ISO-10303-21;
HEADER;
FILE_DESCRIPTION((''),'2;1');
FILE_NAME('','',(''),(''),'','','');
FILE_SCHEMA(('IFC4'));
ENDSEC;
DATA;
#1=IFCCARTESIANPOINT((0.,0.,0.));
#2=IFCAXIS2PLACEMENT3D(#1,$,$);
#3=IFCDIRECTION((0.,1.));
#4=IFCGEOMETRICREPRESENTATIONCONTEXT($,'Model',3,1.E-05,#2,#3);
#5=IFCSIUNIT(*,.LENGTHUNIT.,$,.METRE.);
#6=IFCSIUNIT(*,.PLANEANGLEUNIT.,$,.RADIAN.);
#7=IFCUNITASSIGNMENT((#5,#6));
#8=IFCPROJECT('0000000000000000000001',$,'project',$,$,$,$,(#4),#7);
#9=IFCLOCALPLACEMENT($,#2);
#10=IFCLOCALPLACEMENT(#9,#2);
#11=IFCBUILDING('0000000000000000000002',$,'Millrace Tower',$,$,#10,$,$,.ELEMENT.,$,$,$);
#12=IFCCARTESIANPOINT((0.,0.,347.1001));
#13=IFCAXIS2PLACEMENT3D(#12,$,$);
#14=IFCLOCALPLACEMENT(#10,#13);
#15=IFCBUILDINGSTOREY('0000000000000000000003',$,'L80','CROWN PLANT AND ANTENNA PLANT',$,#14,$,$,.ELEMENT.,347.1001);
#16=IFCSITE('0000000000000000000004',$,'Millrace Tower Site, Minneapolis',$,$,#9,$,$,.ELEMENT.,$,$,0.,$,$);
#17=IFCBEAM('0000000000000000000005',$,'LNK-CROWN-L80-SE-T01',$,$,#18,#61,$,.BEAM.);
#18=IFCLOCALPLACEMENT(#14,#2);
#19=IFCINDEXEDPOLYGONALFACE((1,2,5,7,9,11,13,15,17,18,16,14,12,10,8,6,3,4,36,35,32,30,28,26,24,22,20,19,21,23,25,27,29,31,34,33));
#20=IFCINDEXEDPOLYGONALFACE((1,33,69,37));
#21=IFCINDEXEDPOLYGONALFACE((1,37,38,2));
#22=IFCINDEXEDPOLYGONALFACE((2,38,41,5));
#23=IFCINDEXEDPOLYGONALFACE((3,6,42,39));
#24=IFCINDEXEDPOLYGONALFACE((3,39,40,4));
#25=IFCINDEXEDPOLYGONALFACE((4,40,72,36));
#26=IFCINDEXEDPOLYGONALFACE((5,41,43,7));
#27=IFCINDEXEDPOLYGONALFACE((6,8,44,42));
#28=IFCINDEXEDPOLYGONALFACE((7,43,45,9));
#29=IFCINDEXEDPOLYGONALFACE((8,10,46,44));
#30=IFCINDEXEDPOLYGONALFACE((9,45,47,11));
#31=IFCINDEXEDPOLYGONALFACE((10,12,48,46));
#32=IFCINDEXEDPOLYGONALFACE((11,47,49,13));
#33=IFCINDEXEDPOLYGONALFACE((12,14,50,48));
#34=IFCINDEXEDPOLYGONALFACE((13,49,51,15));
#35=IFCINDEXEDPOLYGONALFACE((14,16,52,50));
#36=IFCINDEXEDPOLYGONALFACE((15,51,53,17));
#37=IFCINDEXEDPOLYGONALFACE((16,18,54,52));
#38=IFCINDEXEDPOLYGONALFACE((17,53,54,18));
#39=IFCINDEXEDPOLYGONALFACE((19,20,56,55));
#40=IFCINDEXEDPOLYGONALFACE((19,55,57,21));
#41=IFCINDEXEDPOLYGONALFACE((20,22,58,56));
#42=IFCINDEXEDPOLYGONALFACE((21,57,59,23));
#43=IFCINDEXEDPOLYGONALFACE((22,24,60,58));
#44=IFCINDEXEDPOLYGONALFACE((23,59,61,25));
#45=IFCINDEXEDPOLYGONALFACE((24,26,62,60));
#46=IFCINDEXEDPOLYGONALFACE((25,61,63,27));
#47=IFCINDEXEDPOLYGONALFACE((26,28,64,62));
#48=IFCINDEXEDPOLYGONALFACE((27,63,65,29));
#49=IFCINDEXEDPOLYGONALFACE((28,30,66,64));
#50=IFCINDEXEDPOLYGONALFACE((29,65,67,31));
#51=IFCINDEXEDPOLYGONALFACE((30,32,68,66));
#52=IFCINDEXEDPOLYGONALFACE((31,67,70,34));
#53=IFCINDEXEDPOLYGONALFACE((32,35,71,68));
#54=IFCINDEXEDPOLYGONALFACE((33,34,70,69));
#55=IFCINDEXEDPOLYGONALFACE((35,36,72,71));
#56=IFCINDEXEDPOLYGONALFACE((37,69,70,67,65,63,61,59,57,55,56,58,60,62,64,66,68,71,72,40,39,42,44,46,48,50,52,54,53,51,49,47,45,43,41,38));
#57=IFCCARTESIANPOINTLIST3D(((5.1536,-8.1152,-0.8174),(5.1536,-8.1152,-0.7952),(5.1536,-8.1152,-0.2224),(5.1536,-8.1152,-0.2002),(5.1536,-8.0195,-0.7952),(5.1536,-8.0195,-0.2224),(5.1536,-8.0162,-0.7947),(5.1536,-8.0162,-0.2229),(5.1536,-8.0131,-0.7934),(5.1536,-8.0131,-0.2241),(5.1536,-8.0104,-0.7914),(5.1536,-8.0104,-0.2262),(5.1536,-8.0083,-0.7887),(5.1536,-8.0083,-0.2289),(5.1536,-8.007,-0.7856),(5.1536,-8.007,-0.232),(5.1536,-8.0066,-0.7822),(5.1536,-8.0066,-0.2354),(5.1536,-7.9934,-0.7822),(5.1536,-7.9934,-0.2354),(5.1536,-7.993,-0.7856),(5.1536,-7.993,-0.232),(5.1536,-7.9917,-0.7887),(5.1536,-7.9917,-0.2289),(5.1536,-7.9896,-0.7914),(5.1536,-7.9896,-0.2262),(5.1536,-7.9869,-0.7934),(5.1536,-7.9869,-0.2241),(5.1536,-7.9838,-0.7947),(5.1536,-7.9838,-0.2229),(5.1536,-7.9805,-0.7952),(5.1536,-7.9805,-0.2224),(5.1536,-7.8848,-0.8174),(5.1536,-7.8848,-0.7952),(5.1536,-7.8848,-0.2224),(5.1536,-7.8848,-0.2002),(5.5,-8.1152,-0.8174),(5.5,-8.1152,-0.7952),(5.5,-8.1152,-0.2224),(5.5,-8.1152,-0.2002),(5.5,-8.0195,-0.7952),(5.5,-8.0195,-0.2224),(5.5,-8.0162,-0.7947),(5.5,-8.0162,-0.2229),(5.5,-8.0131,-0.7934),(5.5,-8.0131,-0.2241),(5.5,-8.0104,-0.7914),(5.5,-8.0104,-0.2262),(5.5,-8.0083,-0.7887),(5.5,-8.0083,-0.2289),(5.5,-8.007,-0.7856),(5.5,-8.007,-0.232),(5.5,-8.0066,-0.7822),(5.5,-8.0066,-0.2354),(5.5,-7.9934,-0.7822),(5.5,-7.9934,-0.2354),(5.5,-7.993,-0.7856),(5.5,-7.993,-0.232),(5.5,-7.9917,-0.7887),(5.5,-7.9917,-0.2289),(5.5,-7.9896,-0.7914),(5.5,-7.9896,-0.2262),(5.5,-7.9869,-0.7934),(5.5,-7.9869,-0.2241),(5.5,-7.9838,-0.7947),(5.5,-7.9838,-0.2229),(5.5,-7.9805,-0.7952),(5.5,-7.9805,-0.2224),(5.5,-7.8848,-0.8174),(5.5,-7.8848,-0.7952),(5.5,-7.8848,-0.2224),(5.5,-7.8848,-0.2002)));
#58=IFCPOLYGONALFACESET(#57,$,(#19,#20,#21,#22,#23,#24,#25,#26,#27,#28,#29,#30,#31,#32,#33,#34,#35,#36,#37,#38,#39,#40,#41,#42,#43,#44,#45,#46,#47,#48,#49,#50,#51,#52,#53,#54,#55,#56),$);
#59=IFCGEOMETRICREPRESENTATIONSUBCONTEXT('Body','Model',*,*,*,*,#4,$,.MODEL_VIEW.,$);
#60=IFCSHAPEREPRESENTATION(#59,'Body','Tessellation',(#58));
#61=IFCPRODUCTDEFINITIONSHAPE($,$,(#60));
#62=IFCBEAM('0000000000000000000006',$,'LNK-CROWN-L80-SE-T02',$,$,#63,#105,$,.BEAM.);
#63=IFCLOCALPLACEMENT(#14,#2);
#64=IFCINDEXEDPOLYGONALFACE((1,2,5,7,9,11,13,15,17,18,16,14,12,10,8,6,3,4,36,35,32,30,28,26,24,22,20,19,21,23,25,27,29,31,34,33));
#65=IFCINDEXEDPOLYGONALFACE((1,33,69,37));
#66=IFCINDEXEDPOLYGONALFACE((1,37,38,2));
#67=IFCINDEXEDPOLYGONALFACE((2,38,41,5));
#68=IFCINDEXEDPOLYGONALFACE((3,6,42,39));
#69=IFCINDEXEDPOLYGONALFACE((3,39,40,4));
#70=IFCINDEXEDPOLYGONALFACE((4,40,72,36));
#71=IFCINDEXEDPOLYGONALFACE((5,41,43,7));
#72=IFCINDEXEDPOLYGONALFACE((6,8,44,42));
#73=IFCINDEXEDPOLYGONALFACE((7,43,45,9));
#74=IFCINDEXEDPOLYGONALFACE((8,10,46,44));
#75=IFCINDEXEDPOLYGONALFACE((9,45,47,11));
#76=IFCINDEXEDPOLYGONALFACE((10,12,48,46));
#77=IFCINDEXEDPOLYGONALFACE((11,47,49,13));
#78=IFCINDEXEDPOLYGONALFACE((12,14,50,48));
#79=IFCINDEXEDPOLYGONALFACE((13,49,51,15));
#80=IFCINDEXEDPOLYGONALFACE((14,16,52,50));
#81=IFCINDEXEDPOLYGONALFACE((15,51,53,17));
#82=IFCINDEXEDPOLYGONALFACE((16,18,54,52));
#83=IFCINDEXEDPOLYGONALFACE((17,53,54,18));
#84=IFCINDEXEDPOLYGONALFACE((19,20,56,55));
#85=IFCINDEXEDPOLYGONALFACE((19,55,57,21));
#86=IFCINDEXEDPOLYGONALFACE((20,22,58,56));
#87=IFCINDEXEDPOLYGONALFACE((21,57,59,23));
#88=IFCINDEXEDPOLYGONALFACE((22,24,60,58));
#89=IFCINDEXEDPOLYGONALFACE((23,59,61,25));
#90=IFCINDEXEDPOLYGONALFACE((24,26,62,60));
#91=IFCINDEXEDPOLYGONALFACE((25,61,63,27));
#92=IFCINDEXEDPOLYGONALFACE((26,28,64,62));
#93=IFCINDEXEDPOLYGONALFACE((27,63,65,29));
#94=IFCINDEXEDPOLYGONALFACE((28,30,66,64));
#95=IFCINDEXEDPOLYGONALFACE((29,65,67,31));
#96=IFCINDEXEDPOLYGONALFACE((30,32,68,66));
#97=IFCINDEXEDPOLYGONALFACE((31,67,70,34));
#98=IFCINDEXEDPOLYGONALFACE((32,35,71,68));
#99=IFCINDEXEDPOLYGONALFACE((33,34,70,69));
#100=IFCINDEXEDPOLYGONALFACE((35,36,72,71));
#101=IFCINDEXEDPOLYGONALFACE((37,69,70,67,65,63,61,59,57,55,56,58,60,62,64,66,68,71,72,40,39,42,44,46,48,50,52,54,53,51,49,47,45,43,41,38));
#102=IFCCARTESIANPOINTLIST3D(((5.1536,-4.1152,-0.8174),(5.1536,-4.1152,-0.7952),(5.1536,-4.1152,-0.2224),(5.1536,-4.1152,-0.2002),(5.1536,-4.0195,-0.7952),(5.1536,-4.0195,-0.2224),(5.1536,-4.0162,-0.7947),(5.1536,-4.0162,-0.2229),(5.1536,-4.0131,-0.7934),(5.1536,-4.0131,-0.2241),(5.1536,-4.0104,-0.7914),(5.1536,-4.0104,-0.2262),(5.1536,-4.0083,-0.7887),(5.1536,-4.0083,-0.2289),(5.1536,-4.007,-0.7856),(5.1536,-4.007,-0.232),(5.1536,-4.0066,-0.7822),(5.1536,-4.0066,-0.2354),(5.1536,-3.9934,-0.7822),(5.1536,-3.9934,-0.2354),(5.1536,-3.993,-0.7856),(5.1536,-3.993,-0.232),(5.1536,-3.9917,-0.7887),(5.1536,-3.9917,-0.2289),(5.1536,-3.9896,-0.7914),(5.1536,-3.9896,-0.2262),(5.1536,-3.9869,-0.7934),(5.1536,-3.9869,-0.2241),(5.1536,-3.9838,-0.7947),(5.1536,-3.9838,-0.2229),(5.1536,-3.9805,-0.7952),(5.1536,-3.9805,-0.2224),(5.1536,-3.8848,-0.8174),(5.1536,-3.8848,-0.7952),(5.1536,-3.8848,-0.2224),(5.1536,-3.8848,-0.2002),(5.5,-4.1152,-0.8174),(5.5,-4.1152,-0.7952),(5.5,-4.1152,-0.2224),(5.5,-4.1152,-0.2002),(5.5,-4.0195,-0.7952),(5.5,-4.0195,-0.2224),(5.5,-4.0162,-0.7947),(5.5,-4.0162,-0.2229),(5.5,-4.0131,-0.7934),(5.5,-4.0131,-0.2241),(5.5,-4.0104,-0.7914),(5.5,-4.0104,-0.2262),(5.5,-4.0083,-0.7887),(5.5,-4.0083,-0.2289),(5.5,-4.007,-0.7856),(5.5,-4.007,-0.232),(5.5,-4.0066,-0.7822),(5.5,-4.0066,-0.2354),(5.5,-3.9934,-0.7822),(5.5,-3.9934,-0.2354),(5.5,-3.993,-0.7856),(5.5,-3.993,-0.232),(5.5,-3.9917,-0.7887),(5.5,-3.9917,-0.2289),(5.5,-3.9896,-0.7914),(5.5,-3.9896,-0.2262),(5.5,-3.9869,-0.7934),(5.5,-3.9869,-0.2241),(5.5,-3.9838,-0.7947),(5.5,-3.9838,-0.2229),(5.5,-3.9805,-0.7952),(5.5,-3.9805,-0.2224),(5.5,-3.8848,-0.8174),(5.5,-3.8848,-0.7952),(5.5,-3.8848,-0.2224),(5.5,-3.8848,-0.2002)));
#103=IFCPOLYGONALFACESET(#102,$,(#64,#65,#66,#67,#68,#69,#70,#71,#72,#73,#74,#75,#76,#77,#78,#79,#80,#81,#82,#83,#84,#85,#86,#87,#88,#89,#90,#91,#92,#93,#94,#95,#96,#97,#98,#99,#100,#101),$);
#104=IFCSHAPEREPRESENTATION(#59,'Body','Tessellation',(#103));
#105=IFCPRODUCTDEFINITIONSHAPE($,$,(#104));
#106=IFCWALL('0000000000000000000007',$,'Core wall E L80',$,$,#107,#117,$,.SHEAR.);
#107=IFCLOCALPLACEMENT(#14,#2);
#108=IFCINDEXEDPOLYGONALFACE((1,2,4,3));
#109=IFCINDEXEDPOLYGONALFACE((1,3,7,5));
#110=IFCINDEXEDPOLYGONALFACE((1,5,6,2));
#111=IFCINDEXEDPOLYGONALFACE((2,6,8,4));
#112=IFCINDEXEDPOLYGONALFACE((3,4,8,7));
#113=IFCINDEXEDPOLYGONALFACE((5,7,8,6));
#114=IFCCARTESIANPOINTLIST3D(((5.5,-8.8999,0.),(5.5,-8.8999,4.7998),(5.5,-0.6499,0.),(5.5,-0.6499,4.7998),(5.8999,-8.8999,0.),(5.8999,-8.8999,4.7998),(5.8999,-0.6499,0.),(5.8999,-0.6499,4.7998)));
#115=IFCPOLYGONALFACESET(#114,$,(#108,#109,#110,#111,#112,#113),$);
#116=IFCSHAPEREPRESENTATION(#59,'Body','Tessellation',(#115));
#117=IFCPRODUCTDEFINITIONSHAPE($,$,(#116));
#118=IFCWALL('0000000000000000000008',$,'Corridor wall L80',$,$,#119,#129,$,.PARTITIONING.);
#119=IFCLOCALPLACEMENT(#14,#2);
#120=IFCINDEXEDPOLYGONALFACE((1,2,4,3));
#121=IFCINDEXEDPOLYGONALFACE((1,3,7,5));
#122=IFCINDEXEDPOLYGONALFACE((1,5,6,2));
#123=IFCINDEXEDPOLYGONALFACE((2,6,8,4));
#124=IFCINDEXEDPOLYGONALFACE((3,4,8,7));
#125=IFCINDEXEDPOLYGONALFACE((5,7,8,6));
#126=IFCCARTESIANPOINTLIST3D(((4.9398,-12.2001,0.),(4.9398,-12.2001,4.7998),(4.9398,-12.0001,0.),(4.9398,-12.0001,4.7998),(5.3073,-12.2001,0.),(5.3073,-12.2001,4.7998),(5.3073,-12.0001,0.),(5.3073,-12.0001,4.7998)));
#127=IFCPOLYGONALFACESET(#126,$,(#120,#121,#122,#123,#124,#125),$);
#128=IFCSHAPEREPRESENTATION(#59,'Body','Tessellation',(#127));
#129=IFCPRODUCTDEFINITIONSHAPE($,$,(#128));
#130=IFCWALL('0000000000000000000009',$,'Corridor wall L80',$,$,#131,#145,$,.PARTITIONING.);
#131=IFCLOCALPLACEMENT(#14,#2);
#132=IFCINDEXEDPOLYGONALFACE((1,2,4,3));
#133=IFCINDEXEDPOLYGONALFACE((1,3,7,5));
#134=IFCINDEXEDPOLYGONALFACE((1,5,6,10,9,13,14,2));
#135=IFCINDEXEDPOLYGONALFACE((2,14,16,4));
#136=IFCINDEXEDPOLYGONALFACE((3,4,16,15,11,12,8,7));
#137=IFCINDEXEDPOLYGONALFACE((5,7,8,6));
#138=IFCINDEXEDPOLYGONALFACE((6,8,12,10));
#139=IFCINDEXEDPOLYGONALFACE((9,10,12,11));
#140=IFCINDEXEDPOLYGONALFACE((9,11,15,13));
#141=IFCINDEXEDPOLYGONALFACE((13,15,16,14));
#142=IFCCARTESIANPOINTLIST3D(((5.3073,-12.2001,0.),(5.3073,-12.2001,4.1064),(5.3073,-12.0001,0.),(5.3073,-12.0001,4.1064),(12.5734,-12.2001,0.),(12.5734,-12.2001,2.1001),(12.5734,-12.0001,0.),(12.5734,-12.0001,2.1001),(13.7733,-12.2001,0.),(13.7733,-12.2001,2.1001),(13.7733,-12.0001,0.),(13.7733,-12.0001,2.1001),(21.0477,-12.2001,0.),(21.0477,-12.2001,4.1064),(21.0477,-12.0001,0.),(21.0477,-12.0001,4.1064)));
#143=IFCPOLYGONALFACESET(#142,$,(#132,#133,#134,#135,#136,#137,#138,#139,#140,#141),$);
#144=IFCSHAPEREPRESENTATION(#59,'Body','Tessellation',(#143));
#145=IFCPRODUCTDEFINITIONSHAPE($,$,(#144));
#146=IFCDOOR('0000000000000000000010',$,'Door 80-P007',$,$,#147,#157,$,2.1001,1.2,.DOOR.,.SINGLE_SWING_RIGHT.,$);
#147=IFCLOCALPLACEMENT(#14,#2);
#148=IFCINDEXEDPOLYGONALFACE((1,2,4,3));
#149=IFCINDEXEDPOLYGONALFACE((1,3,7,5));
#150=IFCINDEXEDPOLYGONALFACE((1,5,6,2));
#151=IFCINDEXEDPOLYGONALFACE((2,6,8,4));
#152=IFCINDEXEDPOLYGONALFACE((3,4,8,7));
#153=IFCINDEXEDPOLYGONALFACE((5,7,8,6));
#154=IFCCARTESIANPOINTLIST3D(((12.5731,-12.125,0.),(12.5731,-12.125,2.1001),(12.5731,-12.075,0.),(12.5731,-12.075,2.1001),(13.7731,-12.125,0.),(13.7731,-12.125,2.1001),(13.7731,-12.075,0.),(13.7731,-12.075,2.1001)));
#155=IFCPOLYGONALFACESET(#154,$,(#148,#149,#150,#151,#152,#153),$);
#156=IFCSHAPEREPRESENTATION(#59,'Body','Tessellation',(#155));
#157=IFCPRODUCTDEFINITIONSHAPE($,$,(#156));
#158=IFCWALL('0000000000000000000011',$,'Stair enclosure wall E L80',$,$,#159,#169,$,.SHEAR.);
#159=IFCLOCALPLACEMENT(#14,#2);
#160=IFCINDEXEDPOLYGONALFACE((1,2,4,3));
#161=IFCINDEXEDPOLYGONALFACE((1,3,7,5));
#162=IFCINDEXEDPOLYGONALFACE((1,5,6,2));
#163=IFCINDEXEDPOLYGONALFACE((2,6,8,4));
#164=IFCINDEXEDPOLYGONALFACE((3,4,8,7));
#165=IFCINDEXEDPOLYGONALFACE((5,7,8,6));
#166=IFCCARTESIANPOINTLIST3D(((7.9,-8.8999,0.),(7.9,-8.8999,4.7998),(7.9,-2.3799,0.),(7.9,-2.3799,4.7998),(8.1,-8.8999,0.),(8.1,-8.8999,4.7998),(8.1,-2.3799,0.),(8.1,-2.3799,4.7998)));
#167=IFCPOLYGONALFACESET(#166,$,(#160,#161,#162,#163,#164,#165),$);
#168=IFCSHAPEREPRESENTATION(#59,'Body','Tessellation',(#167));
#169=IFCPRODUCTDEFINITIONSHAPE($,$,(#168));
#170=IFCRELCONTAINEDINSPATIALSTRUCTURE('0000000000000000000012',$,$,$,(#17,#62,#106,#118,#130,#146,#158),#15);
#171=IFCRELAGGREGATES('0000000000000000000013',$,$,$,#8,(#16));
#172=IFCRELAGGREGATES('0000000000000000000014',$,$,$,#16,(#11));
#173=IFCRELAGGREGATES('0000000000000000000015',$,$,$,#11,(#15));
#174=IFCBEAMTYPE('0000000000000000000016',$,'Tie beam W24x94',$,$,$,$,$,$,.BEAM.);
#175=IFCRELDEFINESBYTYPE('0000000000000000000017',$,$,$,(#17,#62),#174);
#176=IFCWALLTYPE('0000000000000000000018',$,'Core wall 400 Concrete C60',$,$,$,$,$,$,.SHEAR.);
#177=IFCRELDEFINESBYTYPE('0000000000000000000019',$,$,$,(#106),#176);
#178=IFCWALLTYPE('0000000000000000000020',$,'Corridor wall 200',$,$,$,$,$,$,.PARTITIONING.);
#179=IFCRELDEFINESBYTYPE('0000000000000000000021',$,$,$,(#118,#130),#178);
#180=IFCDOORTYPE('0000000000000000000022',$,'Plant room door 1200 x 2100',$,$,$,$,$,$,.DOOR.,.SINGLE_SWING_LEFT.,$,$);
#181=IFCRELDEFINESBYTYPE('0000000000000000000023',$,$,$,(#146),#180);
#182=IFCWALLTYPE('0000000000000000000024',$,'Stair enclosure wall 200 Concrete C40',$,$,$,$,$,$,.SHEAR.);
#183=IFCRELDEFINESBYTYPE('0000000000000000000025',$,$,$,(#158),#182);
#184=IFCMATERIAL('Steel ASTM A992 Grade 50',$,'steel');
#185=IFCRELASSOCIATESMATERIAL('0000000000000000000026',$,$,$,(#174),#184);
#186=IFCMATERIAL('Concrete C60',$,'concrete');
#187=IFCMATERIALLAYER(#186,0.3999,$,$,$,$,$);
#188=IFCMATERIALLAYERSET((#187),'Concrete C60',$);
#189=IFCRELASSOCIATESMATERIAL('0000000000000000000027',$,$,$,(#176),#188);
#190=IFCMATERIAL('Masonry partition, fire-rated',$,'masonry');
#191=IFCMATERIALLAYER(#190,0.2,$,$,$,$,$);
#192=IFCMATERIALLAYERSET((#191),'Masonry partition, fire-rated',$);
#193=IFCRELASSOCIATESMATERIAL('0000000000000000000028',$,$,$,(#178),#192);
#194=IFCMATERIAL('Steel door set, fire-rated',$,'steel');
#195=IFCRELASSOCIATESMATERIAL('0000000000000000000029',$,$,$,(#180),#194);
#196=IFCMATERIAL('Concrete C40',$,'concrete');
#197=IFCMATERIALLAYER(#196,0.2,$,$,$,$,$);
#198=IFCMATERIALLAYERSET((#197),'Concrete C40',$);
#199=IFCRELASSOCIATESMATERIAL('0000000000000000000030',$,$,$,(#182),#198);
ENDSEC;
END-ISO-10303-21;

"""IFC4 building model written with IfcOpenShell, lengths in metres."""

from ifc_helpers import new_model, si_unit, direction, frame, frame_2d, origin, origin_2d, place, context, subcontext, project, spatial, rectangle, i_section, extrude, material, layer, layer_set, material_profile, profile_set, type_object, element, fill, save


model = new_model("IFC4")

# Units and contexts
model_context = context("Model", 3, precision=1e-05, world=origin(), true_north=direction((0.0, 1.0)))
body_context = subcontext(model_context, "Body", "Model", "MODEL_VIEW")
ifc_project = project(units=[si_unit("LENGTHUNIT", "METRE"), si_unit("PLANEANGLEUNIT", "RADIAN")], contexts=[model_context])

# Site, building, storey
site_placement = place(None, origin())
site = spatial("IfcSite", under=ifc_project, at=site_placement, Name="Millrace Tower Site, Minneapolis", CompositionType="ELEMENT", RefElevation=0.0)
building_placement = place(site_placement, origin())
building = spatial("IfcBuilding", under=site, at=building_placement, Name="Millrace Tower", CompositionType="ELEMENT")
storey_placement = place(building_placement, frame((0.0, 0.0, 347.1001)))
storey = spatial("IfcBuildingStorey", under=building, at=storey_placement, Name="L80", Description="CROWN PLANT AND ANTENNA PLANT", CompositionType="ELEMENT", Elevation=347.1001)

# Beams
ifc_material_1 = material(Name="Steel ASTM A992 Grade 50", Category="steel")
ifc_material_profile_1 = material_profile(ifc_material_1, i_section(OverallWidth=0.2305, OverallDepth=0.6172, WebThickness=0.0132, FlangeThickness=0.0222, FilletRadius=0.0129, at=origin_2d()))
ifc_profile_set_1 = profile_set([ifc_material_profile_1], Name="Steel ASTM A992 Grade 50")
beam_type_1 = type_object("IfcBeamType", Name="Tie beam W24x94", PredefinedType="BEAM", material=ifc_profile_set_1)
for number, where, z_axis, x_axis, name in (
    (1, (5.1536, -8.0, -0.5088), (1.0, 0.0, 0.0), (0.0, 1.0, 0.0), "LNK-CROWN-L80-SE-T01"),
    (2, (5.1536, -4.0, -0.5088), (1.0, 0.0, 0.0), (0.0, 1.0, 0.0), "LNK-CROWN-L80-SE-T02"),
):
    element("IfcBeam", number, at=place(storey_placement, frame(where, z_axis=z_axis, x_axis=x_axis)), inside=storey, type_object=beam_type_1, Name=name, PredefinedType="BEAM", context=body_context, shape_type="SweptSolid", body=[
        extrude(i_section(OverallWidth=0.2305, OverallDepth=0.6172, WebThickness=0.0132, FlangeThickness=0.0222, FilletRadius=0.0129, at=origin_2d()), origin(), (0.0, 0.0, 1.0), 0.3464),
    ])

# Walls
ifc_material_2 = material(Name="Concrete C60", Category="concrete")
ifc_layer_1 = layer(ifc_material_2, 0.3999)
ifc_layer_set_1 = layer_set([ifc_layer_1], Name="Concrete C60")
wall_type_1 = type_object("IfcWallType", Name="Core wall 400 Concrete C60", PredefinedType="SHEAR", material=ifc_layer_set_1)
wall_1_placement = place(storey_placement, frame((5.7, -0.6499, 0.0), z_axis=(0.0, 0.0, 1.0), x_axis=(0.0, -1.0, 0.0)))
element("IfcWall", 3, at=wall_1_placement, inside=storey, type_object=wall_type_1, Name="Core wall E L80", PredefinedType="SHEAR", context=body_context, shape_type="SweptSolid", body=[
    extrude(rectangle(XDim=8.25, YDim=0.3999, at=frame_2d((4.125, 0.0))), origin(), (0.0, 0.0, 1.0), 4.7998),
])
ifc_material_3 = material(Name="Masonry partition, fire-rated", Category="masonry")
ifc_layer_2 = layer(ifc_material_3, 0.2)
ifc_layer_set_2 = layer_set([ifc_layer_2], Name="Masonry partition, fire-rated")
wall_type_2 = type_object("IfcWallType", Name="Corridor wall 200", PredefinedType="PARTITIONING", material=ifc_layer_set_2)
wall_2_placement = place(storey_placement, frame((4.9399, -12.1001, 0.0), z_axis=(0.0, 0.0, 1.0), x_axis=(1.0, 0.0, 0.0)))
element("IfcWall", 4, at=wall_2_placement, inside=storey, type_object=wall_type_2, Name="Corridor wall L80", PredefinedType="PARTITIONING", context=body_context, shape_type="SweptSolid", body=[
    extrude(rectangle(XDim=0.3674, YDim=0.2, at=frame_2d((0.1836, 0.0))), origin(), (0.0, 0.0, 1.0), 4.7998),
])

# Wall, opening, door
wall_3_placement = place(storey_placement, frame((5.3074, -12.1001, 0.0), z_axis=(0.0, 0.0, 1.0), x_axis=(1.0, 0.0, 0.0)))
wall_3 = element("IfcWall", 5, at=wall_3_placement, inside=storey, type_object=wall_type_2, Name="Corridor wall L80", PredefinedType="PARTITIONING", context=body_context, shape_type="SweptSolid", body=[
    extrude(rectangle(XDim=15.7405, YDim=0.2, at=frame_2d((7.8701, 0.0))), origin(), (0.0, 0.0, 1.0), 4.1064),
])
opening_placement = place(wall_3_placement, frame((7.2659, 0.0, 0.0)))
opening = element("IfcOpeningElement", 6, at=opening_placement, cuts=wall_3, PredefinedType="OPENING", context=body_context, shape_type="SweptSolid", body=[
    extrude(rectangle(XDim=1.2, YDim=2.1001, at=frame_2d((0.6001, 1.05))), frame((0.0, 0.1099, 0.0), z_axis=(0.0, -1.0, 0.0), x_axis=(1.0, 0.0, 0.0)), (0.0, 0.0, 1.0), 0.22),
])
ifc_material_4 = material(Name="Steel door set, fire-rated", Category="steel")
door_type = type_object("IfcDoorType", Name="Plant room door 1200 x 2100", OperationType="SINGLE_SWING_LEFT", PredefinedType="DOOR", material=ifc_material_4)
door_placement = place(opening_placement, frame((1.2, 0.0, 0.0), z_axis=(0.0, 0.0, 1.0), x_axis=(-1.0, 0.0, 0.0)))
door = element("IfcDoor", 7, at=door_placement, inside=storey, type_object=door_type, Name="Door 80-P007", OperationType="SINGLE_SWING_RIGHT", OverallHeight=2.1001, OverallWidth=1.2, PredefinedType="DOOR", context=body_context, shape_type="SweptSolid", body=[
    extrude(rectangle(XDim=1.2, YDim=2.1001, at=frame_2d((0.6001, 1.05))), frame((0.0, 0.0249, 0.0), z_axis=(0.0, -1.0, 0.0), x_axis=(1.0, 0.0, 0.0)), (0.0, 0.0, 1.0), 0.05),
])
fill(opening, door)

# Wall
ifc_material_5 = material(Name="Concrete C40", Category="concrete")
ifc_layer_3 = layer(ifc_material_5, 0.2)
ifc_layer_set_3 = layer_set([ifc_layer_3], Name="Concrete C40")
wall_type_3 = type_object("IfcWallType", Name="Stair enclosure wall 200 Concrete C40", PredefinedType="SHEAR", material=ifc_layer_set_3)
wall_4_placement = place(storey_placement, frame((8.0, -2.3799, 0.0), z_axis=(0.0, 0.0, 1.0), x_axis=(0.0, -1.0, 0.0)))
element("IfcWall", 8, at=wall_4_placement, inside=storey, type_object=wall_type_3, Name="Stair enclosure wall E L80", PredefinedType="SHEAR", context=body_context, shape_type="SweptSolid", body=[
    extrude(rectangle(XDim=6.52, YDim=0.2, at=frame_2d((3.26, 0.0))), origin(), (0.0, 0.0, 1.0), 4.7998),
])

save(model, "model.ifc")
